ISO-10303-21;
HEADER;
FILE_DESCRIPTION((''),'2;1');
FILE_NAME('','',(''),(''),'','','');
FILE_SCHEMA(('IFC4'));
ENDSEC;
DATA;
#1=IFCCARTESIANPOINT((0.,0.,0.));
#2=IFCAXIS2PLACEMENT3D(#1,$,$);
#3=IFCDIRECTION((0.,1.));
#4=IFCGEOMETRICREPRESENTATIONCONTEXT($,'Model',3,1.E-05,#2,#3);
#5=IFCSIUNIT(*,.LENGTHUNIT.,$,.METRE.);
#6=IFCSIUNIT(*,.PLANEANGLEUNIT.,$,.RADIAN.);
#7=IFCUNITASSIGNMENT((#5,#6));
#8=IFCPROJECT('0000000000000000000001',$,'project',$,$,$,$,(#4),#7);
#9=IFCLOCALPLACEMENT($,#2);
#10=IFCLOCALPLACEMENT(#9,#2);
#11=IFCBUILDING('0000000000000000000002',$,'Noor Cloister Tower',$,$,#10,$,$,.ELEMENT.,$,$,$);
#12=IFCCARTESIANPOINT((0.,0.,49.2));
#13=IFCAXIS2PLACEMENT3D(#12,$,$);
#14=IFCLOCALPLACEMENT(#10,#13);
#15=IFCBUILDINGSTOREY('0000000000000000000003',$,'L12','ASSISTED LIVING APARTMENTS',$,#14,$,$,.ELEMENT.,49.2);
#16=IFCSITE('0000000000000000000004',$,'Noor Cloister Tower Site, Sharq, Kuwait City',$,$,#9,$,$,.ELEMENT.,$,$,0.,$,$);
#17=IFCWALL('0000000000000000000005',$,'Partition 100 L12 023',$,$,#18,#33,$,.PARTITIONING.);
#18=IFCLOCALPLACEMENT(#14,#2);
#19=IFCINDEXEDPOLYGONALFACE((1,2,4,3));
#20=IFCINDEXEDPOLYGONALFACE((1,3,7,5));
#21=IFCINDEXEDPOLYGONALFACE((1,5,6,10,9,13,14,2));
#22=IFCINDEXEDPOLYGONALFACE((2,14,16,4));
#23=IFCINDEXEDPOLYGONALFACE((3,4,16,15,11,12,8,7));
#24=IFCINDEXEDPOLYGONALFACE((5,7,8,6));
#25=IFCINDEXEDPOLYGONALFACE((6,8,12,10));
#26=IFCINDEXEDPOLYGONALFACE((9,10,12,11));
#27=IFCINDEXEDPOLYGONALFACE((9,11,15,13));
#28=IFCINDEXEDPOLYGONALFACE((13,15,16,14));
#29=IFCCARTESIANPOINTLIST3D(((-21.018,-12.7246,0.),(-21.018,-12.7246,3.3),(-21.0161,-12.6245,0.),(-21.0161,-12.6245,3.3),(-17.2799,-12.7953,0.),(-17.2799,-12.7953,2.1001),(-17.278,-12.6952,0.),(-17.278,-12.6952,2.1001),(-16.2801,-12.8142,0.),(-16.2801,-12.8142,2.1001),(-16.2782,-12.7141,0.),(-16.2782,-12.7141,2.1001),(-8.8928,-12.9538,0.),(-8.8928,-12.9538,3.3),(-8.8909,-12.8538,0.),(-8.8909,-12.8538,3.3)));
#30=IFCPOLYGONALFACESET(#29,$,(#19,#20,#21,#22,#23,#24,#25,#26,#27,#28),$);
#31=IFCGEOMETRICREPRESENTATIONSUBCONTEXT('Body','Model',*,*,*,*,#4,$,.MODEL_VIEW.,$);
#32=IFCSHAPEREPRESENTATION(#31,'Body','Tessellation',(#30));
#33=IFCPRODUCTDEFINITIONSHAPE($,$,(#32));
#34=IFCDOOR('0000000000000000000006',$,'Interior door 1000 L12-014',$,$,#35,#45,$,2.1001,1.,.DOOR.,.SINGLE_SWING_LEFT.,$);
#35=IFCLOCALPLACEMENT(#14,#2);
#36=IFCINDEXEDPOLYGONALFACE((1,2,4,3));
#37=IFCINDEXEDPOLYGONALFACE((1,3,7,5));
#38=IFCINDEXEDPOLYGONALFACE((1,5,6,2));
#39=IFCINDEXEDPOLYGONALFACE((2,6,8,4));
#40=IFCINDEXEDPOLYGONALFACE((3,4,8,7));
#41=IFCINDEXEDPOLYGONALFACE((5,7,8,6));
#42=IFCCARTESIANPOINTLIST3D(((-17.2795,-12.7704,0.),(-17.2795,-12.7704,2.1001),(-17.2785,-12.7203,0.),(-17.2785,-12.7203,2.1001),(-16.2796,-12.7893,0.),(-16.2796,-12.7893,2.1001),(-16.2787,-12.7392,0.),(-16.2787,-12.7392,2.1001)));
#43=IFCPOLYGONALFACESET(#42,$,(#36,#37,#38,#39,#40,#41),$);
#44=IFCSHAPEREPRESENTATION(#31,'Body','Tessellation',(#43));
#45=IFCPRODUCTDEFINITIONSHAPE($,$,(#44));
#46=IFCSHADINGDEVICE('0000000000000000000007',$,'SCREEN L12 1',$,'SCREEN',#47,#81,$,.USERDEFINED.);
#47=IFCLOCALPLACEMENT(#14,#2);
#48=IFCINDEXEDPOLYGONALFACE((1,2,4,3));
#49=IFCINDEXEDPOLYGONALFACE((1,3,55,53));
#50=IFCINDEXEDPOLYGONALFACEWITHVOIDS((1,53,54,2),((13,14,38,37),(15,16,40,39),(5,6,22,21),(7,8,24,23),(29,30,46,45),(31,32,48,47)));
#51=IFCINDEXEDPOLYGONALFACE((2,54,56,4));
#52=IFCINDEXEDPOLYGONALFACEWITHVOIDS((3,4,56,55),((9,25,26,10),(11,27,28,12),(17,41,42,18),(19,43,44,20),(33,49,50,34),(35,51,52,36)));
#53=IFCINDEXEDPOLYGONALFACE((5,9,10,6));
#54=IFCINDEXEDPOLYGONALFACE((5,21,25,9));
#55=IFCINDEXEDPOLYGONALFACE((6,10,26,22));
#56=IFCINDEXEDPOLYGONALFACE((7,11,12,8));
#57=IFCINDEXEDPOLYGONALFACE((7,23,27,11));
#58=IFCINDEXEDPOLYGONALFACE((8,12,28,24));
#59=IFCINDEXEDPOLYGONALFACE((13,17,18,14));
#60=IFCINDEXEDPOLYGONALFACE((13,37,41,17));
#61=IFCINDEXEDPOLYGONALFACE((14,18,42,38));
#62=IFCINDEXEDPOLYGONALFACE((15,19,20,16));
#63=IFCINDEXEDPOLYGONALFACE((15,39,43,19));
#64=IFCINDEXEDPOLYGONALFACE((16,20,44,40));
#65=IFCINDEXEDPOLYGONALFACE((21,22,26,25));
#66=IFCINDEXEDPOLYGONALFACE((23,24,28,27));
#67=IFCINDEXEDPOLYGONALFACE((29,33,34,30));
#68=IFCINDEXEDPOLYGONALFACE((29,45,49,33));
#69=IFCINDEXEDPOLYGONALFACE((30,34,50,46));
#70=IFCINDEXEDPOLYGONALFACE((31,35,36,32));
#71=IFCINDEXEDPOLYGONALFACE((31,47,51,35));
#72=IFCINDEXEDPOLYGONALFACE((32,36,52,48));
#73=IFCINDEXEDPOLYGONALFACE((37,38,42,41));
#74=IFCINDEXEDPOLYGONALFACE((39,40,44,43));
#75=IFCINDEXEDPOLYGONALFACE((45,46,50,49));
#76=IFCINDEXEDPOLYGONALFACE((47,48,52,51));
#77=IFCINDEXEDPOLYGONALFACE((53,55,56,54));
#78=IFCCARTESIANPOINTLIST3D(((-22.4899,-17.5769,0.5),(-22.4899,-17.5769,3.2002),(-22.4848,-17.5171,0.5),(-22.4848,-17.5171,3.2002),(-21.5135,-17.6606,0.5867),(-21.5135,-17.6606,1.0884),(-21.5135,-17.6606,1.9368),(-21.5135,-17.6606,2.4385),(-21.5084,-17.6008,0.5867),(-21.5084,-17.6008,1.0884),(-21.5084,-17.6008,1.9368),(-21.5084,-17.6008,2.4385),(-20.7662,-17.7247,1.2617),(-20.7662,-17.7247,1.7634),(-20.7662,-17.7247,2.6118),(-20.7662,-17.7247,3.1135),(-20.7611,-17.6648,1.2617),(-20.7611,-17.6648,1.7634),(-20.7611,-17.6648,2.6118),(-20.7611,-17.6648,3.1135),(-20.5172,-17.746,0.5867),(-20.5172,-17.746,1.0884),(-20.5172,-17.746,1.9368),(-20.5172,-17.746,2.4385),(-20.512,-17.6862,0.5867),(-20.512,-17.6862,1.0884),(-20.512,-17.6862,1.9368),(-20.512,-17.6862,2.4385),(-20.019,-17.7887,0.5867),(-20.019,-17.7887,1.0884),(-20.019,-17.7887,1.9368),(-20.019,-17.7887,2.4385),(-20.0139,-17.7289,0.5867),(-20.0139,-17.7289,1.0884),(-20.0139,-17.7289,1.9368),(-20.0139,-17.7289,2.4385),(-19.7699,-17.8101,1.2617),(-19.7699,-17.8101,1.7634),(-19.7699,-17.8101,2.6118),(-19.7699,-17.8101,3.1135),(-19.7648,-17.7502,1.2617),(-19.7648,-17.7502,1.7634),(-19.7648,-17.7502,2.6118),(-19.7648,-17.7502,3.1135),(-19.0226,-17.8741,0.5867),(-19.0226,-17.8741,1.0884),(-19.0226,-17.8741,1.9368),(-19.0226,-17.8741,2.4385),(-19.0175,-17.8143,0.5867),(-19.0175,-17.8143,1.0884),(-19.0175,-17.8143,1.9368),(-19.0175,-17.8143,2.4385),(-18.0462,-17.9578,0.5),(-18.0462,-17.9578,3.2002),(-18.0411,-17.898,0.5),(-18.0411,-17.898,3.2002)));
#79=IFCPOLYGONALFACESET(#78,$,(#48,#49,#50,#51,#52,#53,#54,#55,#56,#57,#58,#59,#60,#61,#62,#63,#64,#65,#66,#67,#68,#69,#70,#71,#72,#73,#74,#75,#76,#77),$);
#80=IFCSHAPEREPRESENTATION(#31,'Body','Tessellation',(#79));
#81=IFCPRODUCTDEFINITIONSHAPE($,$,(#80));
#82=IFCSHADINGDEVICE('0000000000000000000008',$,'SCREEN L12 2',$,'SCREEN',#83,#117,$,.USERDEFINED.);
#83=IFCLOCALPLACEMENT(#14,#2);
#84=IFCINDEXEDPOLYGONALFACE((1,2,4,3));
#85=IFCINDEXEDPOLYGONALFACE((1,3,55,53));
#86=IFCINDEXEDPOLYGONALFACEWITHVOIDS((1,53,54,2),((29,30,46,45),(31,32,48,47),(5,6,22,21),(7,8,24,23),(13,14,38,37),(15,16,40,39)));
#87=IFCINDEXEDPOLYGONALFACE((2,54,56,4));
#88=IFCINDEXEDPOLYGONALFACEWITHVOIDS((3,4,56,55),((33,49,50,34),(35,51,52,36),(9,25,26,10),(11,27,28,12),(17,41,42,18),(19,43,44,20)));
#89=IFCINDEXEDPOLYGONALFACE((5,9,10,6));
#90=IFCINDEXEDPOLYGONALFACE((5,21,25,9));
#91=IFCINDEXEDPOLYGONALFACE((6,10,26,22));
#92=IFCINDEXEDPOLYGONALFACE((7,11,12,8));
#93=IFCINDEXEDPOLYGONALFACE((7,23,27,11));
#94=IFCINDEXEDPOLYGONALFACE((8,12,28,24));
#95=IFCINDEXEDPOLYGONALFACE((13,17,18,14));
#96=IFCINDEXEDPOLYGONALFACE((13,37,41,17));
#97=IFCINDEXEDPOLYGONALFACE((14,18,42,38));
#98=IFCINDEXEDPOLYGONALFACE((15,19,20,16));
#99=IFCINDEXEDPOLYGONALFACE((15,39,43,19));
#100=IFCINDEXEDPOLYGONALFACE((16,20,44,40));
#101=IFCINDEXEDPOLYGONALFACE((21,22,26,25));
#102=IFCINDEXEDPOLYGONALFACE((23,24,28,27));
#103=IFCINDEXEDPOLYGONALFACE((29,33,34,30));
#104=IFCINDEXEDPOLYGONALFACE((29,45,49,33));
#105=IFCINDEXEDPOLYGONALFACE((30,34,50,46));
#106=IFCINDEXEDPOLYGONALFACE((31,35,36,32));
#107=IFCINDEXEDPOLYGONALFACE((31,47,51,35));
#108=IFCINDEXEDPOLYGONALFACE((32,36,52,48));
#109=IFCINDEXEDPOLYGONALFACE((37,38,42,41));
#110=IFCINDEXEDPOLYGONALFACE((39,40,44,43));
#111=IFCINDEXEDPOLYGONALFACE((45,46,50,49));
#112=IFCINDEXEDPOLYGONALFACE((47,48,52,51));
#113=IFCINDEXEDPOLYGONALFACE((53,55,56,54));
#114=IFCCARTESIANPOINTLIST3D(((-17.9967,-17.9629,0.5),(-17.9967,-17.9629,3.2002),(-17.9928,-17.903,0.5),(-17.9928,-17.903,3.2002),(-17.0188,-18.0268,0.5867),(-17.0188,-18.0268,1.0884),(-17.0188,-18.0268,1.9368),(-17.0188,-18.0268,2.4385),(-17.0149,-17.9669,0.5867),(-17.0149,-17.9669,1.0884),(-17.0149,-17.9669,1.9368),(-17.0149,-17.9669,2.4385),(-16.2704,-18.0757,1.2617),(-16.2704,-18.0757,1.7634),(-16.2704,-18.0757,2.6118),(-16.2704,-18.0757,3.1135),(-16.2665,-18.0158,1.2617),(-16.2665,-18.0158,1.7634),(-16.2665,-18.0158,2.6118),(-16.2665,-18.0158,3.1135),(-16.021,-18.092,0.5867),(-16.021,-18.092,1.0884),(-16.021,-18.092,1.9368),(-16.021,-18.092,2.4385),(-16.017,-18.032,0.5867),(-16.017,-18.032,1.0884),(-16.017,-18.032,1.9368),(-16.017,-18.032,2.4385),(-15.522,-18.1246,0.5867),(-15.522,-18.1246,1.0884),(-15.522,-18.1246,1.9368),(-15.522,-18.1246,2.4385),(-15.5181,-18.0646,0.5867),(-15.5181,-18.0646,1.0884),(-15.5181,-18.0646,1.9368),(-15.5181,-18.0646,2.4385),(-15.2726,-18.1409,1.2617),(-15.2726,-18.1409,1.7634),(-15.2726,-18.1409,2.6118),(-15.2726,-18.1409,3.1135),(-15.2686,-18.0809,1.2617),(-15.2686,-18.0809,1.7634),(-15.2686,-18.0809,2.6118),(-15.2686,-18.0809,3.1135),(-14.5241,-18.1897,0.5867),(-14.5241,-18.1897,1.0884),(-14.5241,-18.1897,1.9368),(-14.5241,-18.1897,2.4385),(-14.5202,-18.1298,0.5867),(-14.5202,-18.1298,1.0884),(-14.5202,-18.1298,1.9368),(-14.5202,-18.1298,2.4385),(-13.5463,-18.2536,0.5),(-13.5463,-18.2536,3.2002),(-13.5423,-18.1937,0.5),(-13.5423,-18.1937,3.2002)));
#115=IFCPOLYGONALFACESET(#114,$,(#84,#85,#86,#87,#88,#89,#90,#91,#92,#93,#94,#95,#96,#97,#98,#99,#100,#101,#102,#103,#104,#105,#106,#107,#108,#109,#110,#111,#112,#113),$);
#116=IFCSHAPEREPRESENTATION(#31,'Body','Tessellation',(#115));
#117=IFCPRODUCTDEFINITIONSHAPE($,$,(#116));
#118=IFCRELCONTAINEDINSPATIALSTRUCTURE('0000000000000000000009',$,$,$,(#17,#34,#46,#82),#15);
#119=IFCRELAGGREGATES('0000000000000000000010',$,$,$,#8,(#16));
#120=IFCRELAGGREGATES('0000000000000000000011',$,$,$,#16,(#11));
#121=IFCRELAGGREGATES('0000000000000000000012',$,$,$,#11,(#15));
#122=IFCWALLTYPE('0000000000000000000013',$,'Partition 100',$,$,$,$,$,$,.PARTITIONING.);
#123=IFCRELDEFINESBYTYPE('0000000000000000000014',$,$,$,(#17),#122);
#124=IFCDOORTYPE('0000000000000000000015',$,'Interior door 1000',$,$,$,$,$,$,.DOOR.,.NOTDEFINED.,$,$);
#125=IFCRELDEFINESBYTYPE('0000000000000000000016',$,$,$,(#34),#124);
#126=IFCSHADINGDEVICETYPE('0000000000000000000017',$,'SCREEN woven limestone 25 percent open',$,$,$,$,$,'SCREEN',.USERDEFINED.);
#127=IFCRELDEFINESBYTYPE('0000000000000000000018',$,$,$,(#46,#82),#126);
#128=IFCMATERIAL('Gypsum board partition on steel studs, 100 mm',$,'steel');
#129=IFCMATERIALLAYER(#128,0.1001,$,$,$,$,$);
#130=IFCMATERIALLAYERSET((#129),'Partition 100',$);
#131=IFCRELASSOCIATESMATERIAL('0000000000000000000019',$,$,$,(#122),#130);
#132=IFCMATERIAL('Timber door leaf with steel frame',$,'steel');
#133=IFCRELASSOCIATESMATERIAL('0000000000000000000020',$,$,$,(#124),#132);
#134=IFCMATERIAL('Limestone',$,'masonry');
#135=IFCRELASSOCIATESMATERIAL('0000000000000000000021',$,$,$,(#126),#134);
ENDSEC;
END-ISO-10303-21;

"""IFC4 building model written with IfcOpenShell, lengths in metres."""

from ifc_helpers import new_model, si_unit, direction, frame, frame_2d, origin, place, context, subcontext, project, spatial, polyline, rectangle, outline, extrude, material, layer, layer_set, material_profile, profile_set, type_object, element, fill, save


model = new_model("IFC4")

# Units and contexts
model_context = context("Model", 3, precision=1e-05, world=origin(), true_north=direction((0.0, 1.0)))
body_context = subcontext(model_context, "Body", "Model", "MODEL_VIEW")
ifc_project = project(units=[si_unit("LENGTHUNIT", "METRE"), si_unit("PLANEANGLEUNIT", "RADIAN")], contexts=[model_context])

# Site, building, storey
site_placement = place(None, origin())
site = spatial("IfcSite", under=ifc_project, at=site_placement, Name="Noor Cloister Tower Site, Sharq, Kuwait City", CompositionType="ELEMENT", RefElevation=0.0)
building_placement = place(site_placement, origin())
building = spatial("IfcBuilding", under=site, at=building_placement, Name="Noor Cloister Tower", CompositionType="ELEMENT")
storey_placement = place(building_placement, frame((0.0, 0.0, 49.2)))
storey = spatial("IfcBuildingStorey", under=building, at=storey_placement, Name="L12", Description="ASSISTED LIVING APARTMENTS", CompositionType="ELEMENT", Elevation=49.2)

# Wall, opening, door
ifc_material_1 = material(Name="Gypsum board partition on steel studs, 100 mm", Category="steel")
ifc_layer_1 = layer(ifc_material_1, 0.1001)
ifc_layer_set_1 = layer_set([ifc_layer_1], Name="Partition 100")
wall_type = type_object("IfcWallType", Name="Partition 100", PredefinedType="PARTITIONING", material=ifc_layer_set_1)
wall_placement = place(storey_placement, frame((-21.0171, -12.6746, 0.0), z_axis=(0.0, 0.0, 1.0), x_axis=(0.999821, -0.018903, 0.0)))
wall = element("IfcWall", 1, at=wall_placement, inside=storey, type_object=wall_type, Name="Partition 100 L12 023", PredefinedType="PARTITIONING", context=body_context, shape_type="SweptSolid", body=[
    extrude(rectangle(XDim=12.1274, YDim=0.1001, at=frame_2d((6.0637, 0.0))), origin(), (0.0, 0.0, 1.0), 3.3),
])
opening_placement = place(wall_placement, frame((3.7388, 0.0, 0.0)))
opening = element("IfcOpeningElement", 2, at=opening_placement, cuts=wall, PredefinedType="OPENING", context=body_context, shape_type="SweptSolid", body=[
    extrude(rectangle(XDim=1.0, YDim=2.1001, at=frame_2d((0.5, 1.05))), frame((0.0, 0.0601, 0.0), z_axis=(0.0, -1.0, 0.0), x_axis=(1.0, 0.0, 0.0)), (0.0, 0.0, 1.0), 0.1201),
])
ifc_material_2 = material(Name="Timber door leaf with steel frame", Category="steel")
door_type = type_object("IfcDoorType", Name="Interior door 1000", OperationType="NOTDEFINED", PredefinedType="DOOR", material=ifc_material_2)
door_placement = place(opening_placement, origin())
door = element("IfcDoor", 3, at=door_placement, inside=storey, type_object=door_type, Name="Interior door 1000 L12-014", OperationType="SINGLE_SWING_LEFT", OverallHeight=2.1001, OverallWidth=1.0, PredefinedType="DOOR", context=body_context, shape_type="SweptSolid", body=[
    extrude(rectangle(XDim=1.0, YDim=2.1001, at=frame_2d((0.5, 1.05))), frame((0.0, 0.0249, 0.0), z_axis=(0.0, -1.0, 0.0), x_axis=(1.0, 0.0, 0.0)), (0.0, 0.0, 1.0), 0.05),
])
fill(opening, door)

# Shading devices
ifc_material_3 = material(Name="Limestone", Category="masonry")
ifc_material_profile_1 = material_profile(ifc_material_3, outline(polyline([(-2.23, -1.3501), (2.23, -1.3501), (2.23, 1.3501), (-2.23, 1.3501), (-2.23, -1.3501)]), holes=[polyline([(-1.25, -1.2634), (-0.25, -1.2634), (-0.25, -0.7617), (-1.25, -0.7617), (-1.25, -1.2634)]), polyline([(0.25, -1.2634), (1.25, -1.2634), (1.25, -0.7617), (0.25, -0.7617), (0.25, -1.2634)]), polyline([(-0.5, -0.5884), (0.5, -0.5884), (0.5, -0.0867), (-0.5, -0.0867), (-0.5, -0.5884)]), polyline([(-1.25, 0.0867), (-0.25, 0.0867), (-0.25, 0.5884), (-1.25, 0.5884), (-1.25, 0.0867)]), polyline([(0.25, 0.0867), (1.25, 0.0867), (1.25, 0.5884), (0.25, 0.5884), (0.25, 0.0867)]), polyline([(-0.5, 0.7617), (0.5, 0.7617), (0.5, 1.2634), (-0.5, 1.2634), (-0.5, 0.7617)])]), Name="Woven screen 25 percent open")
ifc_profile_set_1 = profile_set([ifc_material_profile_1], Name="Limestone")
shading_device_type = type_object("IfcShadingDeviceType", Name="SCREEN woven limestone 25 percent open", ElementType="SCREEN", PredefinedType="USERDEFINED", material=ifc_profile_set_1)
for number, where, z_axis, x_axis, name in (
    (4, (-20.2629, -17.7075, 1.8501), (-0.085401, -0.996347, 0.0), (0.996347, -0.085401, 0.0), "SCREEN L12 1"),
    (5, (-15.7676, -18.0483, 1.8501), (-0.065167, -0.997874, 0.0), (0.997874, -0.065167, 0.0), "SCREEN L12 2"),
):
    element("IfcShadingDevice", number, at=place(storey_placement, frame(where, z_axis=z_axis, x_axis=x_axis)), inside=storey, type_object=shading_device_type, Name=name, ObjectType="SCREEN", PredefinedType="USERDEFINED", context=body_context, shape_type="SweptSolid", body=[
        extrude(outline(polyline([(-2.23, -1.3501), (2.23, -1.3501), (2.23, 1.3501), (-2.23, 1.3501), (-2.23, -1.3501)]), holes=[polyline([(-1.25, -1.2634), (-0.25, -1.2634), (-0.25, -0.7617), (-1.25, -0.7617), (-1.25, -1.2634)]), polyline([(0.25, -1.2634), (1.25, -1.2634), (1.25, -0.7617), (0.25, -0.7617), (0.25, -1.2634)]), polyline([(-0.5, -0.5884), (0.5, -0.5884), (0.5, -0.0867), (-0.5, -0.0867), (-0.5, -0.5884)]), polyline([(-1.25, 0.0867), (-0.25, 0.0867), (-0.25, 0.5884), (-1.25, 0.5884), (-1.25, 0.0867)]), polyline([(0.25, 0.0867), (1.25, 0.0867), (1.25, 0.5884), (0.25, 0.5884), (0.25, 0.0867)]), polyline([(-0.5, 0.7617), (0.5, 0.7617), (0.5, 1.2634), (-0.5, 1.2634), (-0.5, 0.7617)])]), origin(), (0.0, 0.0, 1.0), 0.0601),
    ])

save(model, "model.ifc")
